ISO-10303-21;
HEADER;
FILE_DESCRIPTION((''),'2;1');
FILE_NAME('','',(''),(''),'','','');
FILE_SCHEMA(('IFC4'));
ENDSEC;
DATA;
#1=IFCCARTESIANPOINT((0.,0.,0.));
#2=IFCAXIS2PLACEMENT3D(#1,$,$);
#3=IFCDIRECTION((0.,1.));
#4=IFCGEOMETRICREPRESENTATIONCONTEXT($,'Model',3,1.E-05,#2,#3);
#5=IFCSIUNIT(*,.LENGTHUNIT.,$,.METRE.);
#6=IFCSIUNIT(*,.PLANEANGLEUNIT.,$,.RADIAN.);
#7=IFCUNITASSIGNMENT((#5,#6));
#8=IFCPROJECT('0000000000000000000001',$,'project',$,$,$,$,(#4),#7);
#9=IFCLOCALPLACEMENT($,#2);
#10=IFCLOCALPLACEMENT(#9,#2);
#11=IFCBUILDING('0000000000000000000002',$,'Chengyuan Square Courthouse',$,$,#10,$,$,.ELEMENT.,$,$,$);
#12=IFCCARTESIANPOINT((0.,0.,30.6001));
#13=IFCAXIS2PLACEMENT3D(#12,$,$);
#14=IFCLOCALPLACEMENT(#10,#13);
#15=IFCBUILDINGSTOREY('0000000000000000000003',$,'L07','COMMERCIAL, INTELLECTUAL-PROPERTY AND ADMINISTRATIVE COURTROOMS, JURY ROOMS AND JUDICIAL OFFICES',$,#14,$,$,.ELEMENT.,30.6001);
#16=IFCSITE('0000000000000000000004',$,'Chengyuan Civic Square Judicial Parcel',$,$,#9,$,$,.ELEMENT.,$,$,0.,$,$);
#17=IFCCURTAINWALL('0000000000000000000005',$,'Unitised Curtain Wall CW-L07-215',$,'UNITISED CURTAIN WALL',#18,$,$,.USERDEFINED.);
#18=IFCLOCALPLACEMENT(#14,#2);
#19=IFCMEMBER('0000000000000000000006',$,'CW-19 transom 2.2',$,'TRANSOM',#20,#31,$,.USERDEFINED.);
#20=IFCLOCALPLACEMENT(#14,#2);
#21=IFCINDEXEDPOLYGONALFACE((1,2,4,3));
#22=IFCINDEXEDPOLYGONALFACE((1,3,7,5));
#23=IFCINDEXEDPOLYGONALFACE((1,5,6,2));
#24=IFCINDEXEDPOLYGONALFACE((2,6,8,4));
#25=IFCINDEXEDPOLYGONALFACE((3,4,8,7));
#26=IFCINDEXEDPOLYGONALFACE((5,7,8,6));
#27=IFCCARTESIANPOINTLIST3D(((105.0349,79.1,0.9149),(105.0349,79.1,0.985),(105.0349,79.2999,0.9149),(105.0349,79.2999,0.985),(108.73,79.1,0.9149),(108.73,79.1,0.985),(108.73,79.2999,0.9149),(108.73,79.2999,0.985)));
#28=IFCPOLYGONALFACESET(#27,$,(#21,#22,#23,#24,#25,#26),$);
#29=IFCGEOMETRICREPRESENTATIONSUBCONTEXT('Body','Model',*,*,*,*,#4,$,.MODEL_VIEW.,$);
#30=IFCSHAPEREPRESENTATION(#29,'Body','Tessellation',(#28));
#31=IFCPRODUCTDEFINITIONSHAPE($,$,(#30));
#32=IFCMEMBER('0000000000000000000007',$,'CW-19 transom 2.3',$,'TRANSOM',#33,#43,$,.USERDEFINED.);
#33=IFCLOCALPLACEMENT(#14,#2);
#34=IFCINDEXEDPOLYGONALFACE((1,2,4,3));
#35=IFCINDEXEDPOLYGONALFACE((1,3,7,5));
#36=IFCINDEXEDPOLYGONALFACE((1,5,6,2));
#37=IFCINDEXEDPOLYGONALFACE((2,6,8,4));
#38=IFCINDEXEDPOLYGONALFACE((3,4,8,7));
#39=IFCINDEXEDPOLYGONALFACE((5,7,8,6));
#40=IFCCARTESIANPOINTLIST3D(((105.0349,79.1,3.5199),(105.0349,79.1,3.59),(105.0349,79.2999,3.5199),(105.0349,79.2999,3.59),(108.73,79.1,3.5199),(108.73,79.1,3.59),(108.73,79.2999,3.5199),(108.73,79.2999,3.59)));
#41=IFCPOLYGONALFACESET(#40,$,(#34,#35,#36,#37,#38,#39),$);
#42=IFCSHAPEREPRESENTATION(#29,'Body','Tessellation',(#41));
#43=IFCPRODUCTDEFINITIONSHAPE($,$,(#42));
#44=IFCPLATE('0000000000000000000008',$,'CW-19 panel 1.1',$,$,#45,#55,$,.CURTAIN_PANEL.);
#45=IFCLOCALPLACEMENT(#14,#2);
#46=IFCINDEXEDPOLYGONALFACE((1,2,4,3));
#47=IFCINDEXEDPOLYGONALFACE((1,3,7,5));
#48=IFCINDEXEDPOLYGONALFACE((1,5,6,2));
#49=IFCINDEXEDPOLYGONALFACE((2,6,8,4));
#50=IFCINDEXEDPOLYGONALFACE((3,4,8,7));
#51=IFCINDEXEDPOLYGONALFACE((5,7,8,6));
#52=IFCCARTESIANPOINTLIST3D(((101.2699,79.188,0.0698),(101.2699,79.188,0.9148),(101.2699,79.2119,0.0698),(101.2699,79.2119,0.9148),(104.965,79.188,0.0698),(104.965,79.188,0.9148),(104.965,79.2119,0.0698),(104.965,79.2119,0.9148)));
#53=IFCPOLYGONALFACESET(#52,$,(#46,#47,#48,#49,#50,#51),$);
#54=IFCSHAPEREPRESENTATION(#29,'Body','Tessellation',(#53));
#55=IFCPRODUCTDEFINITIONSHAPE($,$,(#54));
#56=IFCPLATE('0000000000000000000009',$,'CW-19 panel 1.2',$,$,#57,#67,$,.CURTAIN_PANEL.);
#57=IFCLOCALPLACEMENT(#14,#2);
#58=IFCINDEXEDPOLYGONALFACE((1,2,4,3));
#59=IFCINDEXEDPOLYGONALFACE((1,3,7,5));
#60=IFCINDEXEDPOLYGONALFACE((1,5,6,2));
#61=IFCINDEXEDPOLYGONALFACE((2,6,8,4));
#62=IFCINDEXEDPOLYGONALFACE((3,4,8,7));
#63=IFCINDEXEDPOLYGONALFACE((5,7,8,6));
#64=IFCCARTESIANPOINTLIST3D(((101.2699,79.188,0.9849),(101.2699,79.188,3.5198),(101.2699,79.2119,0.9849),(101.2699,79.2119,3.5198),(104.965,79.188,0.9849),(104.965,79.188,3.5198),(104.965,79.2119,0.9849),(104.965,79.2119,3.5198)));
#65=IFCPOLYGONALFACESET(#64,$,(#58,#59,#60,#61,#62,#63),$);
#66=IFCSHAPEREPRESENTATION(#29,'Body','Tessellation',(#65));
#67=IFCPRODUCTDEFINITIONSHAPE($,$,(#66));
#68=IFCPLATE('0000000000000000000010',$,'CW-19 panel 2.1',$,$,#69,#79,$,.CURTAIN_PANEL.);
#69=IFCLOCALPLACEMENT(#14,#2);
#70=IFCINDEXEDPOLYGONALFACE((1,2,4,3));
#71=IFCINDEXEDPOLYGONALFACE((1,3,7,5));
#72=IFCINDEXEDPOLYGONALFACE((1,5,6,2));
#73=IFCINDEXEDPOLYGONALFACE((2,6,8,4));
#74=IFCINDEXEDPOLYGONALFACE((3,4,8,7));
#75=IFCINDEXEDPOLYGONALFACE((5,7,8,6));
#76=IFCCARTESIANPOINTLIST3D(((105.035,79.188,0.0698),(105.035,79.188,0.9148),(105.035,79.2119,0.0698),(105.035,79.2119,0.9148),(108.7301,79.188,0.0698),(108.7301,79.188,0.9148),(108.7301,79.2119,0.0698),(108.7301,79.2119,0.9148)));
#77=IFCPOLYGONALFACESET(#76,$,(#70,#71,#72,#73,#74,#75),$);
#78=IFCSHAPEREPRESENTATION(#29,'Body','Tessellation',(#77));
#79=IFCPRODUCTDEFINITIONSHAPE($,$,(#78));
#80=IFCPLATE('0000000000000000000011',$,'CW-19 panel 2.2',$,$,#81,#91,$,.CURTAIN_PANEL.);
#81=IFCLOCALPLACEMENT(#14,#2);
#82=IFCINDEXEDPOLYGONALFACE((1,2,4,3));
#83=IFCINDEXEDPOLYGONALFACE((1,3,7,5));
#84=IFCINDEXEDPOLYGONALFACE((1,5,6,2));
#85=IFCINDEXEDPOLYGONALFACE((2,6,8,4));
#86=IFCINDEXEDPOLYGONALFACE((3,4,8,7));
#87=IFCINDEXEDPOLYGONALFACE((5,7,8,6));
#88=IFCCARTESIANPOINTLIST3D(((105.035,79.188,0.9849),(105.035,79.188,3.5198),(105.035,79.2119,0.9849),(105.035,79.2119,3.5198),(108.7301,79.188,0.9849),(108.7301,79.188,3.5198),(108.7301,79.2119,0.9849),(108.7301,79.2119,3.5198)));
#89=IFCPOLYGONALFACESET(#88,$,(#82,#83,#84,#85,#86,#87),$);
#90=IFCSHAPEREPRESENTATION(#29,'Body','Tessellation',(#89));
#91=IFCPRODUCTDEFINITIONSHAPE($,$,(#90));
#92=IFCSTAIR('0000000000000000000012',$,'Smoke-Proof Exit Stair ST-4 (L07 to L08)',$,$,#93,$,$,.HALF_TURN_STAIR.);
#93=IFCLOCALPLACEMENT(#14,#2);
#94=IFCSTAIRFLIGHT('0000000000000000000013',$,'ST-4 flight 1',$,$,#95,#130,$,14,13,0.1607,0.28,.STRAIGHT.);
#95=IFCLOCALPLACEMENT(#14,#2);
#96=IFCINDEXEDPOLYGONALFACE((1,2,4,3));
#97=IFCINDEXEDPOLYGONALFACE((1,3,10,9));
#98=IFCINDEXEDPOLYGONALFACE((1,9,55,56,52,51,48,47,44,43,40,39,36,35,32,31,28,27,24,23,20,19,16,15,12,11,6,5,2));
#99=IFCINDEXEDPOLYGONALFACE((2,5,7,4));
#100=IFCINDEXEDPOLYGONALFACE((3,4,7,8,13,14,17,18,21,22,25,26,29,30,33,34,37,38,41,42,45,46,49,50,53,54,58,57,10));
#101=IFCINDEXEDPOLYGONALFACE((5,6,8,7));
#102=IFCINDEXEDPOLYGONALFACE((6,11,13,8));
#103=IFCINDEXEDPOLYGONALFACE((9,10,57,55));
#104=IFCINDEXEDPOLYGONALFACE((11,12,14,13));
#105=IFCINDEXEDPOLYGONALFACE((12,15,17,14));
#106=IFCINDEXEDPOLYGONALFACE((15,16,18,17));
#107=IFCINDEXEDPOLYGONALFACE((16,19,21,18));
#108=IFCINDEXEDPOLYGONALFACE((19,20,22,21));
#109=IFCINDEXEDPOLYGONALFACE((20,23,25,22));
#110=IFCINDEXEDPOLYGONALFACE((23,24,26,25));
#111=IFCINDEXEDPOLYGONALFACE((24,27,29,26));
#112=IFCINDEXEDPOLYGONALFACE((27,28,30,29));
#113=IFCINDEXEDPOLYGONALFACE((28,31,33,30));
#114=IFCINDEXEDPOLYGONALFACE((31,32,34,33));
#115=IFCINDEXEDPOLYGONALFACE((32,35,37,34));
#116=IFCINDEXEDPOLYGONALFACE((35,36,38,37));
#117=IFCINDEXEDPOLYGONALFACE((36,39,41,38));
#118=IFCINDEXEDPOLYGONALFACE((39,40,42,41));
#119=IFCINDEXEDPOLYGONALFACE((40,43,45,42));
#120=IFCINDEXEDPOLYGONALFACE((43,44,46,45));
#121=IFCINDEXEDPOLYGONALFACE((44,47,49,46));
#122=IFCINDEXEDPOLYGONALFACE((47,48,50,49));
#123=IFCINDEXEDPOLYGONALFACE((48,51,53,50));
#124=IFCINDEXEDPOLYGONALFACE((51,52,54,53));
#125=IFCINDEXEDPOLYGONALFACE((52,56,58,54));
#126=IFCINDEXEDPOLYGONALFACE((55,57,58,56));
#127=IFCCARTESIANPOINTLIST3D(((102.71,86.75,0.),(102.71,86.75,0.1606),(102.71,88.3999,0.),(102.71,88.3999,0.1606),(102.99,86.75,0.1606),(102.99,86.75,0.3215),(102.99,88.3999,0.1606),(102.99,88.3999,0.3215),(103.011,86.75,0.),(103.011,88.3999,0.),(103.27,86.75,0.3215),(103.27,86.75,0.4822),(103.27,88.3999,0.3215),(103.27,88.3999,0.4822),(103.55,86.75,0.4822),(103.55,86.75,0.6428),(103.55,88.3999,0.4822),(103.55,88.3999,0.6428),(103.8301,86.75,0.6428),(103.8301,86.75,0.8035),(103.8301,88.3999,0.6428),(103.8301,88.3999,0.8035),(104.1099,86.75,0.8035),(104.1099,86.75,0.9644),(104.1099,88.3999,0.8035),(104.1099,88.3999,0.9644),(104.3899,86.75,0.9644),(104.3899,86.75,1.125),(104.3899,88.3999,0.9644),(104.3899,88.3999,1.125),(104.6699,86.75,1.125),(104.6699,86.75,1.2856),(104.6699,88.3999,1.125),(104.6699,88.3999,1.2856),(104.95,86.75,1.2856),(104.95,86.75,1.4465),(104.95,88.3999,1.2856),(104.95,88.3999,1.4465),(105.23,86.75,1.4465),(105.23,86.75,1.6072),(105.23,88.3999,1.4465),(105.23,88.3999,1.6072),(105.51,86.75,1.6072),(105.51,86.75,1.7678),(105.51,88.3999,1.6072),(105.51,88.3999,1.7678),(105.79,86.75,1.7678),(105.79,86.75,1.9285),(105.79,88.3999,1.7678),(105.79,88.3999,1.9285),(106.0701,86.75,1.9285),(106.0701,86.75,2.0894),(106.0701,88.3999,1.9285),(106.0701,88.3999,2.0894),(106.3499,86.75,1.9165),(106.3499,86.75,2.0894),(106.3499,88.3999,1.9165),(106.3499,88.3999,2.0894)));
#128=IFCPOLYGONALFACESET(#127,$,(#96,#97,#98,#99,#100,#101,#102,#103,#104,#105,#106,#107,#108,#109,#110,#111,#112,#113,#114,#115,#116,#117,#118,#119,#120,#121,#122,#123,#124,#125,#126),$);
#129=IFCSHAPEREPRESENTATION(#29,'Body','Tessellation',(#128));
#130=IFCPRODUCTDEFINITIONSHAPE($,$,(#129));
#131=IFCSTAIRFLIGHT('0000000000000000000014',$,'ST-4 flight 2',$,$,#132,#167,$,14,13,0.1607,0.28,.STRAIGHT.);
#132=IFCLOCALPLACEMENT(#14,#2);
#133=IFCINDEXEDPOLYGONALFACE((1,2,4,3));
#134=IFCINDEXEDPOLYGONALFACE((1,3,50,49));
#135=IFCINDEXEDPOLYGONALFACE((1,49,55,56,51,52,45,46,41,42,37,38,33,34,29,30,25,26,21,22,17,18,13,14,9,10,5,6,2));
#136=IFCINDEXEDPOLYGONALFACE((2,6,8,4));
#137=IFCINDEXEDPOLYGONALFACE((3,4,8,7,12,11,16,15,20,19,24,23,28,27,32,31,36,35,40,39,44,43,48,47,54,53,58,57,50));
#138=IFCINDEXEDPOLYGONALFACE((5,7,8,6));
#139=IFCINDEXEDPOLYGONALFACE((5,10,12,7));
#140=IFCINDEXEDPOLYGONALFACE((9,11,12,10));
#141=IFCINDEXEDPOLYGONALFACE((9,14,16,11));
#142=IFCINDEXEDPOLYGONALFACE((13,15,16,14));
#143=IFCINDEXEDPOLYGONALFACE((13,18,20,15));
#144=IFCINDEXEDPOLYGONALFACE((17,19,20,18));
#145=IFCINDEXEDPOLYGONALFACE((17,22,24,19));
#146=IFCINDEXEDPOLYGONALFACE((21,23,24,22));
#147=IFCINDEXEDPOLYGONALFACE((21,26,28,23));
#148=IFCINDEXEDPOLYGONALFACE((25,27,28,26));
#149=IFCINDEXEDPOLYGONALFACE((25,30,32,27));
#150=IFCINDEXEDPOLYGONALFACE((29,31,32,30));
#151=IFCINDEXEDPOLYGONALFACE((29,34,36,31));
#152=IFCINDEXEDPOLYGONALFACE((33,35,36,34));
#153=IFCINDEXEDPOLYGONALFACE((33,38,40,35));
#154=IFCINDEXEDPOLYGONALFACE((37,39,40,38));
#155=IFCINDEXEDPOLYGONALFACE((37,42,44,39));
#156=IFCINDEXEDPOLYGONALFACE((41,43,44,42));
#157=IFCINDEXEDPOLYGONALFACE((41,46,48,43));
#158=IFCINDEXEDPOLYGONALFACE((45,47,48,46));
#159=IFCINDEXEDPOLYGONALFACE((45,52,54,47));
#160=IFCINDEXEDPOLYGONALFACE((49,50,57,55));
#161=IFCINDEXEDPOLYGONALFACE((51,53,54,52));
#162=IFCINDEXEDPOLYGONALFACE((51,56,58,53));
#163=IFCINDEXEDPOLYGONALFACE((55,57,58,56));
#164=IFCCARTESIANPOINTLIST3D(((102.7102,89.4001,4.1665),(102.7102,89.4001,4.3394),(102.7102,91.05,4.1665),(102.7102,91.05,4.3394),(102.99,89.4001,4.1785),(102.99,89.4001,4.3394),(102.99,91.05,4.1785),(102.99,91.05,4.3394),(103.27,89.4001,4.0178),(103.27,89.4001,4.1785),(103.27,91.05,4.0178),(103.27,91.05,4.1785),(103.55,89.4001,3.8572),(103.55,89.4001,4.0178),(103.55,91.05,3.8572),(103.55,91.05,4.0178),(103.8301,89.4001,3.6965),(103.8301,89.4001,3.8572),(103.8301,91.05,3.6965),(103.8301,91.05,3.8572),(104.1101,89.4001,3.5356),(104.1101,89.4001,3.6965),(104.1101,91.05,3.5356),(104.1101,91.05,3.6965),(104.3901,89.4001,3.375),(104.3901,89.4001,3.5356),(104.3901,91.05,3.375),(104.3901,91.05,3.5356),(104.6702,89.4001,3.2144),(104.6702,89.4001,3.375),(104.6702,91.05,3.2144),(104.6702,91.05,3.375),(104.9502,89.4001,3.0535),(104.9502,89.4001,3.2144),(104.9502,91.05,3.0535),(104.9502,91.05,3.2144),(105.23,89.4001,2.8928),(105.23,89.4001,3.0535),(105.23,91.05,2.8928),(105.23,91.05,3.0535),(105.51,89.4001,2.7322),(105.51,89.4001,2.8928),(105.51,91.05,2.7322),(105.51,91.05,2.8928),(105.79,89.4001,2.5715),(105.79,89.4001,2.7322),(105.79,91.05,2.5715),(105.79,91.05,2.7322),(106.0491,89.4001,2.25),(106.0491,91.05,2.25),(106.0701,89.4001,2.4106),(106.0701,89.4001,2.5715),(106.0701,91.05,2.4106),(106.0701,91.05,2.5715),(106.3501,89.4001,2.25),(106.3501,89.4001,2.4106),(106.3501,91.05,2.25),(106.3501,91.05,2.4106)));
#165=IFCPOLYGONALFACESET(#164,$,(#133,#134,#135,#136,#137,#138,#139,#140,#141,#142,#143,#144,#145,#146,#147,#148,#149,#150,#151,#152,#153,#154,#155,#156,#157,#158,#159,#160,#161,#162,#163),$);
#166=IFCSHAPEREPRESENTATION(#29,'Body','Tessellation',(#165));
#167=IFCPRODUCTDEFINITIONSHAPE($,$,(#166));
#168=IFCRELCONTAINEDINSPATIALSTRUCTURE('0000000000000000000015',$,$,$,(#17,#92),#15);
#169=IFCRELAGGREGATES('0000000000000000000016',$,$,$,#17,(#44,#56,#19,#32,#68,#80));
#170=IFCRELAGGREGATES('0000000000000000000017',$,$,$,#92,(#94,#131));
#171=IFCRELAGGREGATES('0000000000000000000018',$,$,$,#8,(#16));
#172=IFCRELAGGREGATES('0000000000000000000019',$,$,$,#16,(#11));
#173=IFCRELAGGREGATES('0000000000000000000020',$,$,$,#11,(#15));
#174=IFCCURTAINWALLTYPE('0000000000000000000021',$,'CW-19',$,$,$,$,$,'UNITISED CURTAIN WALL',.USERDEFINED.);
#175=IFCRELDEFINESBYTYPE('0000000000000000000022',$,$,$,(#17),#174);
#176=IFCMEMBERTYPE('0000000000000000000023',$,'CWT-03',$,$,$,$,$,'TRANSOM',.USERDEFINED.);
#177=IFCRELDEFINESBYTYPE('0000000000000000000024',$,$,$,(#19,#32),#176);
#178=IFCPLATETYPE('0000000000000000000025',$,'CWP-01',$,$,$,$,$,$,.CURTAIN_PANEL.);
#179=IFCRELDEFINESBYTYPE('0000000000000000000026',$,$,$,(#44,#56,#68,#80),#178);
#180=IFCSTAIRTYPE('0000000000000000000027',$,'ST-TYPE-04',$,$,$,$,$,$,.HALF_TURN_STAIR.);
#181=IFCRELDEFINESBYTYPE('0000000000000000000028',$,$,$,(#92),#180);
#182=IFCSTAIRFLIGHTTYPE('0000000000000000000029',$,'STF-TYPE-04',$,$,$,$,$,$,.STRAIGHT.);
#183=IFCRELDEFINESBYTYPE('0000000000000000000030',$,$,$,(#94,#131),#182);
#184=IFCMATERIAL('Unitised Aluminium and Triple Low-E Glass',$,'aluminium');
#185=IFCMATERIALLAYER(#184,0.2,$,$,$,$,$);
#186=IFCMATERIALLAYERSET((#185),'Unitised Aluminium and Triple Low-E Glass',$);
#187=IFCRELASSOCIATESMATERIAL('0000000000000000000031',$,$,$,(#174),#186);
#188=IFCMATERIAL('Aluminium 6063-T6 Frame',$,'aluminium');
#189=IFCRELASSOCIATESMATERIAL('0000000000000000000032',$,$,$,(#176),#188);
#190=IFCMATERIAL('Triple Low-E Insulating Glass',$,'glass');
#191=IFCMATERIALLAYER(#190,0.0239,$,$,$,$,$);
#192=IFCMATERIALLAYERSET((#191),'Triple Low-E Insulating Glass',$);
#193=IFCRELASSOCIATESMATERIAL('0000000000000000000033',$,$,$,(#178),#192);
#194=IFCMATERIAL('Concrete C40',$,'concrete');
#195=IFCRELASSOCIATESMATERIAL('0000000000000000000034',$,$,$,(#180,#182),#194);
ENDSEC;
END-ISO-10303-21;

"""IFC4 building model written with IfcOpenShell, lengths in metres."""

from ifc_helpers import new_model, si_unit, direction, frame, origin, origin_2d, place, context, subcontext, project, spatial, polyline, rectangle, outline, extrude, material, layer, layer_set, material_profile, profile_set, type_object, element, aggregate, save


model = new_model("IFC4")

# Units and contexts
model_context = context("Model", 3, precision=1e-05, world=origin(), true_north=direction((0.0, 1.0)))
body_context = subcontext(model_context, "Body", "Model", "MODEL_VIEW")
ifc_project = project(units=[si_unit("LENGTHUNIT", "METRE"), si_unit("PLANEANGLEUNIT", "RADIAN")], contexts=[model_context])

# Site, building, storey
site_placement = place(None, origin())
site = spatial("IfcSite", under=ifc_project, at=site_placement, Name="Chengyuan Civic Square Judicial Parcel", CompositionType="ELEMENT", RefElevation=0.0)
building_placement = place(site_placement, origin())
building = spatial("IfcBuilding", under=site, at=building_placement, Name="Chengyuan Square Courthouse", CompositionType="ELEMENT")
storey_placement = place(building_placement, frame((0.0, 0.0, 30.6001)))
storey = spatial("IfcBuildingStorey", under=building, at=storey_placement, Name="L07", Description="COMMERCIAL, INTELLECTUAL-PROPERTY AND ADMINISTRATIVE COURTROOMS, JURY ROOMS AND JUDICIAL OFFICES", CompositionType="ELEMENT", Elevation=30.6001)

# Shared definitions
ifc_material_1 = material(Name="Concrete C40", Category="concrete")

# Curtain wall, members, plates
ifc_material_2 = material(Name="Unitised Aluminium and Triple Low-E Glass", Category="aluminium")
ifc_layer_1 = layer(ifc_material_2, 0.2)
ifc_layer_set_1 = layer_set([ifc_layer_1], Name="Unitised Aluminium and Triple Low-E Glass")
curtain_wall_type = type_object("IfcCurtainWallType", Name="CW-19", ElementType="UNITISED CURTAIN WALL", PredefinedType="USERDEFINED", material=ifc_layer_set_1)
curtain_wall_placement = place(storey_placement, origin())
curtain_wall = element("IfcCurtainWall", 1, at=curtain_wall_placement, inside=storey, type_object=curtain_wall_type, Name="Unitised Curtain Wall CW-L07-215", ObjectType="UNITISED CURTAIN WALL", PredefinedType="USERDEFINED")
ifc_material_3 = material(Name="Aluminium 6063-T6 Frame", Category="aluminium")
ifc_material_profile_1 = material_profile(ifc_material_3, rectangle(XDim=0.2, YDim=0.0701, at=origin_2d()), Name="CW-TRN-70x160")
ifc_profile_set_1 = profile_set([ifc_material_profile_1], Name="Aluminium 6063-T6 Frame")
member_type_1 = type_object("IfcMemberType", Name="CWT-03", ElementType="TRANSOM", PredefinedType="USERDEFINED", material=ifc_profile_set_1)
member_1_placement = place(storey_placement, frame((105.0349, 79.2, 0.95), z_axis=(1.0, 0.0, 0.0), x_axis=(0.0, 1.0, 0.0)))
member_1 = element("IfcMember", 2, at=member_1_placement, type_object=member_type_1, Name="CW-19 transom 2.2", ObjectType="TRANSOM", PredefinedType="USERDEFINED", context=body_context, shape_type="SweptSolid", body=[
    extrude(rectangle(XDim=0.2, YDim=0.0701, at=origin_2d()), origin(), (0.0, 0.0, 1.0), 3.6951),
])
member_2_placement = place(storey_placement, frame((105.0349, 79.2, 3.5549), z_axis=(1.0, 0.0, 0.0), x_axis=(0.0, 1.0, 0.0)))
member_2 = element("IfcMember", 3, at=member_2_placement, type_object=member_type_1, Name="CW-19 transom 2.3", ObjectType="TRANSOM", PredefinedType="USERDEFINED", context=body_context, shape_type="SweptSolid", body=[
    extrude(rectangle(XDim=0.2, YDim=0.0701, at=origin_2d()), origin(), (0.0, 0.0, 1.0), 3.6951),
])
ifc_material_4 = material(Name="Triple Low-E Insulating Glass", Category="glass")
ifc_layer_2 = layer(ifc_material_4, 0.0239)
ifc_layer_set_2 = layer_set([ifc_layer_2], Name="Triple Low-E Insulating Glass")
plate_type = type_object("IfcPlateType", Name="CWP-01", PredefinedType="CURTAIN_PANEL", material=ifc_layer_set_2)
plate_1_placement = place(storey_placement, frame((103.1174, 79.2, 0.0698), z_axis=(0.0, 0.0, 1.0), x_axis=(1.0, 0.0, 0.0)))
plate_1 = element("IfcPlate", 4, at=plate_1_placement, type_object=plate_type, Name="CW-19 panel 1.1", PredefinedType="CURTAIN_PANEL", context=body_context, shape_type="SweptSolid", body=[
    extrude(rectangle(XDim=3.6951, YDim=0.0239, at=origin_2d()), origin(), (0.0, 0.0, 1.0), 0.845),
])
plate_2_placement = place(storey_placement, frame((103.1174, 79.2, 0.9849), z_axis=(0.0, 0.0, 1.0), x_axis=(1.0, 0.0, 0.0)))
plate_2 = element("IfcPlate", 5, at=plate_2_placement, type_object=plate_type, Name="CW-19 panel 1.2", PredefinedType="CURTAIN_PANEL", context=body_context, shape_type="SweptSolid", body=[
    extrude(rectangle(XDim=3.6951, YDim=0.0239, at=origin_2d()), origin(), (0.0, 0.0, 1.0), 2.5349),
])
plate_3_placement = place(storey_placement, frame((106.8826, 79.2, 0.0698), z_axis=(0.0, 0.0, 1.0), x_axis=(1.0, 0.0, 0.0)))
plate_3 = element("IfcPlate", 6, at=plate_3_placement, type_object=plate_type, Name="CW-19 panel 2.1", PredefinedType="CURTAIN_PANEL", context=body_context, shape_type="SweptSolid", body=[
    extrude(rectangle(XDim=3.6951, YDim=0.0239, at=origin_2d()), origin(), (0.0, 0.0, 1.0), 0.845),
])
plate_4_placement = place(storey_placement, frame((106.8826, 79.2, 0.9849), z_axis=(0.0, 0.0, 1.0), x_axis=(1.0, 0.0, 0.0)))
plate_4 = element("IfcPlate", 7, at=plate_4_placement, type_object=plate_type, Name="CW-19 panel 2.2", PredefinedType="CURTAIN_PANEL", context=body_context, shape_type="SweptSolid", body=[
    extrude(rectangle(XDim=3.6951, YDim=0.0239, at=origin_2d()), origin(), (0.0, 0.0, 1.0), 2.5349),
])
aggregate(curtain_wall, [plate_1, plate_2, member_1, member_2, plate_3, plate_4])

# Stair, stair flights
stair_type = type_object("IfcStairType", Name="ST-TYPE-04", PredefinedType="HALF_TURN_STAIR", material=ifc_material_1)
stair_placement = place(storey_placement, origin())
stair = element("IfcStair", 8, at=stair_placement, inside=storey, type_object=stair_type, Name="Smoke-Proof Exit Stair ST-4 (L07 to L08)", PredefinedType="HALF_TURN_STAIR")
stair_flight_type = type_object("IfcStairFlightType", Name="STF-TYPE-04", PredefinedType="STRAIGHT", material=ifc_material_1)
stair_flight_1_placement = place(storey_placement, frame((102.71, 87.575, 0.0), z_axis=(0.0, 0.0, 1.0), x_axis=(1.0, 0.0, 0.0)))
stair_flight_1 = element("IfcStairFlight", 9, at=stair_flight_1_placement, type_object=stair_flight_type, Name="ST-4 flight 1", NumberOfRisers=14, NumberOfTreads=13, PredefinedType="STRAIGHT", RiserHeight=0.1607, TreadLength=0.28, context=body_context, shape_type="SweptSolid", body=[
    extrude(outline(polyline([(0.0, 0.0), (0.0, 0.1606), (0.28, 0.1606), (0.28, 0.3215), (0.5601, 0.3215), (0.5601, 0.4822), (0.8401, 0.4822), (0.8401, 0.6428), (1.1201, 0.6428), (1.1201, 0.8035), (1.3999, 0.8035), (1.3999, 0.9644), (1.6799, 0.9644), (1.6799, 1.125), (1.96, 1.125), (1.96, 1.2856), (2.24, 1.2856), (2.24, 1.4465), (2.52, 1.4465), (2.52, 1.6072), (2.8, 1.6072), (2.8, 1.7678), (3.0801, 1.7678), (3.0801, 1.9285), (3.3601, 1.9285), (3.3601, 2.0894), (3.6399, 2.0894), (3.6399, 2.25), (3.6399, 1.9165), (0.301, 0.0), (0.0, 0.0)])), frame((0.0, 0.825, 0.0), z_axis=(0.0, -1.0, 0.0), x_axis=(1.0, 0.0, 0.0)), (0.0, 0.0, 1.0), 1.6499),
])
stair_flight_2_placement = place(storey_placement, frame((106.3501, 90.2251, 2.25), z_axis=(0.0, 0.0, 1.0), x_axis=(-1.0, 0.0, 0.0)))
stair_flight_2 = element("IfcStairFlight", 10, at=stair_flight_2_placement, type_object=stair_flight_type, Name="ST-4 flight 2", NumberOfRisers=14, NumberOfTreads=13, PredefinedType="STRAIGHT", RiserHeight=0.1607, TreadLength=0.28, context=body_context, shape_type="SweptSolid", body=[
    extrude(outline(polyline([(0.0, 0.0), (0.0, 0.1606), (0.28, 0.1606), (0.28, 0.3215), (0.5601, 0.3215), (0.5601, 0.4822), (0.8401, 0.4822), (0.8401, 0.6428), (1.1201, 0.6428), (1.1201, 0.8035), (1.3999, 0.8035), (1.3999, 0.9644), (1.6799, 0.9644), (1.6799, 1.125), (1.96, 1.125), (1.96, 1.2856), (2.24, 1.2856), (2.24, 1.4465), (2.52, 1.4465), (2.52, 1.6072), (2.8, 1.6072), (2.8, 1.7678), (3.0801, 1.7678), (3.0801, 1.9285), (3.3601, 1.9285), (3.3601, 2.0894), (3.6399, 2.0894), (3.6399, 2.25), (3.6399, 1.9165), (0.301, 0.0), (0.0, 0.0)])), frame((0.0, 0.825, 0.0), z_axis=(0.0, -1.0, 0.0), x_axis=(1.0, 0.0, 0.0)), (0.0, 0.0, 1.0), 1.6499),
])
aggregate(stair, [stair_flight_1, stair_flight_2])

save(model, "model.ifc")
